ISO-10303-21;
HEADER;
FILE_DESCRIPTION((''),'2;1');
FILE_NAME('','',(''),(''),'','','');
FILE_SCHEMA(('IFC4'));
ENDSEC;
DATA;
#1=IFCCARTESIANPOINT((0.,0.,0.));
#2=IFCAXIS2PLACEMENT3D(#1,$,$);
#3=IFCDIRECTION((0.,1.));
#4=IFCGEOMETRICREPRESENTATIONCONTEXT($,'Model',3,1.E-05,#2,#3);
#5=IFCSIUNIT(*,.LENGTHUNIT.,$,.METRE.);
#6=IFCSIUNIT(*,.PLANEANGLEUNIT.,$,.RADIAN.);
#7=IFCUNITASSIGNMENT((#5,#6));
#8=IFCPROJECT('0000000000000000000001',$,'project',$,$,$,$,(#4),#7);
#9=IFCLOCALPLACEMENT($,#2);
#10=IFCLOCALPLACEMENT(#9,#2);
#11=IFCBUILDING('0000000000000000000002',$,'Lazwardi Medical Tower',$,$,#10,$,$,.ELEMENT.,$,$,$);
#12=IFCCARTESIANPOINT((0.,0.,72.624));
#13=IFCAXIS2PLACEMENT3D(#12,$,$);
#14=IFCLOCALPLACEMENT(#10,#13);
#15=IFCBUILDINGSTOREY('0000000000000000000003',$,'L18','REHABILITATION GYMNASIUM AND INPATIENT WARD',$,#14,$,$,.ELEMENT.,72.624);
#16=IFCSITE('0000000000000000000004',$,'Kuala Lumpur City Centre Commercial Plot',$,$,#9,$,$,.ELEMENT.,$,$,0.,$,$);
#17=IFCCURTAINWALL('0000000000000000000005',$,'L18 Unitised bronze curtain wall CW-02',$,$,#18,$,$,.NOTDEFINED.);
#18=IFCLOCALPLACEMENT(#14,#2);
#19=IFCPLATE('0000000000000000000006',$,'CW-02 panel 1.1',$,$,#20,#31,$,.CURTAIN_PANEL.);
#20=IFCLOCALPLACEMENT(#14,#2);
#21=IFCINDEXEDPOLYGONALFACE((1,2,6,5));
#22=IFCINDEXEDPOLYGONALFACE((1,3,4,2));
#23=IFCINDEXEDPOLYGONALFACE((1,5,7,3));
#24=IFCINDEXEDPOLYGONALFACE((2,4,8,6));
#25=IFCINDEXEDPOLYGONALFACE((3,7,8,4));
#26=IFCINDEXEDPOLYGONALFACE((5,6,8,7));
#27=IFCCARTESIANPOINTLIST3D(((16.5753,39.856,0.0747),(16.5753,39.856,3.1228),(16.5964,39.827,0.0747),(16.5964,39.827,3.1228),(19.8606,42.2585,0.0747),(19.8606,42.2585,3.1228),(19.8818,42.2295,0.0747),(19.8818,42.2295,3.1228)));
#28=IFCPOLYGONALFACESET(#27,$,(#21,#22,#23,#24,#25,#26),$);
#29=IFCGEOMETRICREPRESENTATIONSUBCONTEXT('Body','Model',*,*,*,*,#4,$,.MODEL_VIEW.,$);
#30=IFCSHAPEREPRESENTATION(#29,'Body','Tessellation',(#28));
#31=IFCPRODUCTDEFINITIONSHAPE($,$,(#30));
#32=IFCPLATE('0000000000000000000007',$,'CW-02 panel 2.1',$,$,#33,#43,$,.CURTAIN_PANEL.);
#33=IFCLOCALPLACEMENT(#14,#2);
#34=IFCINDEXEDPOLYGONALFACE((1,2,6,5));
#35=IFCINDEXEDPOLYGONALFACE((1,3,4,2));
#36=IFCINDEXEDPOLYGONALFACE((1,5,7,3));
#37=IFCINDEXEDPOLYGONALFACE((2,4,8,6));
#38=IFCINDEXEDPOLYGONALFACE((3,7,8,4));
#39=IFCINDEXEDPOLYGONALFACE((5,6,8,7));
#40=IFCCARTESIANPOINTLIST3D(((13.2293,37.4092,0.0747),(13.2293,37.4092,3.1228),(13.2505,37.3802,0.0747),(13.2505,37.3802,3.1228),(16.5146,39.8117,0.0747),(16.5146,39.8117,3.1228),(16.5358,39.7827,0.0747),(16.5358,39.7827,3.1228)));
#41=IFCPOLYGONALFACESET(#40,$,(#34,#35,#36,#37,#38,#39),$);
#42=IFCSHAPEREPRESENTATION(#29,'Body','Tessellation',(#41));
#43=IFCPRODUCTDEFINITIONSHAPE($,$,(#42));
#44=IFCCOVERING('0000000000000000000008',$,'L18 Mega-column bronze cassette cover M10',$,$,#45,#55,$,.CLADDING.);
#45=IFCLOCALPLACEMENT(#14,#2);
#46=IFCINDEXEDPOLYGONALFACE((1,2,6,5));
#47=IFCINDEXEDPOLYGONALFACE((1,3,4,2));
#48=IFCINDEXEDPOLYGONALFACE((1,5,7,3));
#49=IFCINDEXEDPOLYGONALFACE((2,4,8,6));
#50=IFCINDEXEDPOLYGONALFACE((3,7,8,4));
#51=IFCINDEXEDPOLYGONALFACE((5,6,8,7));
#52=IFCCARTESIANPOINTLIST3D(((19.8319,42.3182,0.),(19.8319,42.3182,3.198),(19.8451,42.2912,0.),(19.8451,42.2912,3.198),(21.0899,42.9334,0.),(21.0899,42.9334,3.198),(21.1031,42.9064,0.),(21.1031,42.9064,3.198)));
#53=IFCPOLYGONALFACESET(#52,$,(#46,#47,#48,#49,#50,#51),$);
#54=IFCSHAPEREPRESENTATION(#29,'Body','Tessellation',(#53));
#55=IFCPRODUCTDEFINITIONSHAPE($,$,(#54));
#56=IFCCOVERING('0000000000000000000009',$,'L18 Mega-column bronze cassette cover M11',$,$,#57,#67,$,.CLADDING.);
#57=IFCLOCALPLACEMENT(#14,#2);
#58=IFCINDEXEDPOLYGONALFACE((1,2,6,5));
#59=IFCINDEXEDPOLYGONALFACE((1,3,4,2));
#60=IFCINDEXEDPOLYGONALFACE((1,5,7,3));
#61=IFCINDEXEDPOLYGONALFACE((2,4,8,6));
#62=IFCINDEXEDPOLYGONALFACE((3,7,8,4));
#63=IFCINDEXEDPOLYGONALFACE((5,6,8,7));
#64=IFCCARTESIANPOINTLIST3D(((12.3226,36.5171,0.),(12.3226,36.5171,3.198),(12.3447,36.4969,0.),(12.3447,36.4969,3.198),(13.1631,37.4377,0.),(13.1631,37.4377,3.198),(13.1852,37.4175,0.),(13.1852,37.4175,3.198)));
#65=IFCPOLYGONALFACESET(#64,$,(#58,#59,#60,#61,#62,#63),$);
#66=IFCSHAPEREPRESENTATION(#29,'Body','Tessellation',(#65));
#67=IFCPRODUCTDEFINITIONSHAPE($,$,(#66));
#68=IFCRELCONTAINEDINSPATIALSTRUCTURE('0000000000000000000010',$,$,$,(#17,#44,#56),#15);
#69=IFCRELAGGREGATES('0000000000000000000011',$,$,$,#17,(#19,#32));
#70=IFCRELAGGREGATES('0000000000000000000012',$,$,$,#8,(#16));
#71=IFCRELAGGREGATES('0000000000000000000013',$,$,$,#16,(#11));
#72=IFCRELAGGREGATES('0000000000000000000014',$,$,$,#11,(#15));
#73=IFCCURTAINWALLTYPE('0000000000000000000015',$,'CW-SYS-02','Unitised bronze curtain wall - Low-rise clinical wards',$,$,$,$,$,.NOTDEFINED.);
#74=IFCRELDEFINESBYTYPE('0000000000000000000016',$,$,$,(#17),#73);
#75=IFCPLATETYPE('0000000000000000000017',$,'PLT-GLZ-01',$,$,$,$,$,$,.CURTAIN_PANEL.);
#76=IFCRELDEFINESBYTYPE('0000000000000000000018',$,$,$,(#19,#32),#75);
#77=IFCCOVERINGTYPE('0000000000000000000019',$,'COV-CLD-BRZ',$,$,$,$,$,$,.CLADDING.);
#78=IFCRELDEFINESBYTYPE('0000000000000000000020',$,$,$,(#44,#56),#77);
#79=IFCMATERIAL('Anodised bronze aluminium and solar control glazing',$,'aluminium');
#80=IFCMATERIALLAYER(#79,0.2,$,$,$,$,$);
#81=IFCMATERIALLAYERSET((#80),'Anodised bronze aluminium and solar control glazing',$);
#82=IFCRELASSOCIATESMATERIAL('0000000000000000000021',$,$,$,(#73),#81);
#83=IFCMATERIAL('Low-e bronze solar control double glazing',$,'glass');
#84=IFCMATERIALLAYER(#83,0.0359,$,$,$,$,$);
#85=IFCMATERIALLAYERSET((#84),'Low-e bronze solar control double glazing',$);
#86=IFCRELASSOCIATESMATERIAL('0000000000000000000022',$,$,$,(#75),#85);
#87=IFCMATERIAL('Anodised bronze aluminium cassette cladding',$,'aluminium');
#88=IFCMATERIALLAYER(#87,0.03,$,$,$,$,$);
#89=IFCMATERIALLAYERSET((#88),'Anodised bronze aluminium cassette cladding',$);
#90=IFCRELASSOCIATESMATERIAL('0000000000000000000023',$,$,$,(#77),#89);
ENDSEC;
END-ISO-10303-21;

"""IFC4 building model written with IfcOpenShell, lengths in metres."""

from ifc_helpers import new_model, si_unit, direction, frame, origin, origin_2d, place, context, subcontext, project, spatial, rectangle, extrude, material, layer, layer_set, type_object, element, aggregate, save


model = new_model("IFC4")

# Units and contexts
model_context = context("Model", 3, precision=1e-05, world=origin(), true_north=direction((0.0, 1.0)))
body_context = subcontext(model_context, "Body", "Model", "MODEL_VIEW")
ifc_project = project(units=[si_unit("LENGTHUNIT", "METRE"), si_unit("PLANEANGLEUNIT", "RADIAN")], contexts=[model_context])

# Site, building, storey
site_placement = place(None, origin())
site = spatial("IfcSite", under=ifc_project, at=site_placement, Name="Kuala Lumpur City Centre Commercial Plot", CompositionType="ELEMENT", RefElevation=0.0)
building_placement = place(site_placement, origin())
building = spatial("IfcBuilding", under=site, at=building_placement, Name="Lazwardi Medical Tower", CompositionType="ELEMENT")
storey_placement = place(building_placement, frame((0.0, 0.0, 72.624)))
storey = spatial("IfcBuildingStorey", under=building, at=storey_placement, Name="L18", Description="REHABILITATION GYMNASIUM AND INPATIENT WARD", CompositionType="ELEMENT", Elevation=72.624)

# Shared definitions
ifc_material_1 = material(Name="Anodised bronze aluminium and solar control glazing", Category="aluminium")
ifc_layer_1 = layer(ifc_material_1, 0.2)
ifc_layer_set_1 = layer_set([ifc_layer_1], Name="Anodised bronze aluminium and solar control glazing")
curtain_wall_type = type_object("IfcCurtainWallType", Name="CW-SYS-02", Description="Unitised bronze curtain wall - Low-rise clinical wards", PredefinedType="NOTDEFINED", material=ifc_layer_set_1)

# Curtain wall
curtain_wall_1_placement = place(storey_placement, origin())
curtain_wall_1 = element("IfcCurtainWall", 1, at=curtain_wall_1_placement, inside=storey, type_object=curtain_wall_type, Name="L18 Unitised bronze curtain wall CW-02", PredefinedType="NOTDEFINED")

# Plates
ifc_material_2 = material(Name="Low-e bronze solar control double glazing", Category="glass")
ifc_layer_2 = layer(ifc_material_2, 0.0359)
ifc_layer_set_2 = layer_set([ifc_layer_2], Name="Low-e bronze solar control double glazing")
plate_type = type_object("IfcPlateType", Name="PLT-GLZ-01", PredefinedType="CURTAIN_PANEL", material=ifc_layer_set_2)
plate_1_placement = place(storey_placement, frame((18.2285, 41.0427, 0.0747), z_axis=(0.0, 0.0, 1.0), x_axis=(-0.807192, -0.590289, 0.0)))
plate_1 = element("IfcPlate", 2, at=plate_1_placement, type_object=plate_type, Name="CW-02 panel 1.1", PredefinedType="CURTAIN_PANEL", context=body_context, shape_type="SweptSolid", body=[
    extrude(rectangle(XDim=4.0701, YDim=0.0359, at=origin_2d()), origin(), (0.0, 0.0, 1.0), 3.0481),
])
plate_2_placement = place(storey_placement, frame((14.8826, 38.5959, 0.0747), z_axis=(0.0, 0.0, 1.0), x_axis=(-0.807192, -0.590289, 0.0)))
plate_2 = element("IfcPlate", 3, at=plate_2_placement, type_object=plate_type, Name="CW-02 panel 2.1", PredefinedType="CURTAIN_PANEL", context=body_context, shape_type="SweptSolid", body=[
    extrude(rectangle(XDim=4.0701, YDim=0.0359, at=origin_2d()), origin(), (0.0, 0.0, 1.0), 3.0481),
])
aggregate(curtain_wall_1, [plate_1, plate_2])

# Coverings
ifc_material_3 = material(Name="Anodised bronze aluminium cassette cladding", Category="aluminium")
ifc_layer_3 = layer(ifc_material_3, 0.03)
ifc_layer_set_3 = layer_set([ifc_layer_3], Name="Anodised bronze aluminium cassette cladding")
covering_type = type_object("IfcCoveringType", Name="COV-CLD-BRZ", PredefinedType="CLADDING", material=ifc_layer_set_3)
covering_1_placement = place(storey_placement, frame((20.4675, 42.6123, 0.0), z_axis=(0.0, 0.0, 1.0), x_axis=(-0.898334, -0.439312, 0.0)))
element("IfcCovering", 4, at=covering_1_placement, inside=storey, type_object=covering_type, Name="L18 Mega-column bronze cassette cover M10", PredefinedType="CLADDING", context=body_context, shape_type="SweptSolid", body=[
    extrude(rectangle(XDim=1.4004, YDim=0.03, at=origin_2d()), origin(), (0.0, 0.0, 1.0), 3.198),
])
covering_2_placement = place(storey_placement, frame((12.7539, 36.9673, 0.0), z_axis=(0.0, 0.0, 1.0), x_axis=(-0.674252, -0.738501, 0.0)))
element("IfcCovering", 5, at=covering_2_placement, inside=storey, type_object=covering_type, Name="L18 Mega-column bronze cassette cover M11", PredefinedType="CLADDING", context=body_context, shape_type="SweptSolid", body=[
    extrude(rectangle(XDim=1.2466, YDim=0.03, at=origin_2d()), origin(), (0.0, 0.0, 1.0), 3.198),
])

save(model, "model.ifc")
